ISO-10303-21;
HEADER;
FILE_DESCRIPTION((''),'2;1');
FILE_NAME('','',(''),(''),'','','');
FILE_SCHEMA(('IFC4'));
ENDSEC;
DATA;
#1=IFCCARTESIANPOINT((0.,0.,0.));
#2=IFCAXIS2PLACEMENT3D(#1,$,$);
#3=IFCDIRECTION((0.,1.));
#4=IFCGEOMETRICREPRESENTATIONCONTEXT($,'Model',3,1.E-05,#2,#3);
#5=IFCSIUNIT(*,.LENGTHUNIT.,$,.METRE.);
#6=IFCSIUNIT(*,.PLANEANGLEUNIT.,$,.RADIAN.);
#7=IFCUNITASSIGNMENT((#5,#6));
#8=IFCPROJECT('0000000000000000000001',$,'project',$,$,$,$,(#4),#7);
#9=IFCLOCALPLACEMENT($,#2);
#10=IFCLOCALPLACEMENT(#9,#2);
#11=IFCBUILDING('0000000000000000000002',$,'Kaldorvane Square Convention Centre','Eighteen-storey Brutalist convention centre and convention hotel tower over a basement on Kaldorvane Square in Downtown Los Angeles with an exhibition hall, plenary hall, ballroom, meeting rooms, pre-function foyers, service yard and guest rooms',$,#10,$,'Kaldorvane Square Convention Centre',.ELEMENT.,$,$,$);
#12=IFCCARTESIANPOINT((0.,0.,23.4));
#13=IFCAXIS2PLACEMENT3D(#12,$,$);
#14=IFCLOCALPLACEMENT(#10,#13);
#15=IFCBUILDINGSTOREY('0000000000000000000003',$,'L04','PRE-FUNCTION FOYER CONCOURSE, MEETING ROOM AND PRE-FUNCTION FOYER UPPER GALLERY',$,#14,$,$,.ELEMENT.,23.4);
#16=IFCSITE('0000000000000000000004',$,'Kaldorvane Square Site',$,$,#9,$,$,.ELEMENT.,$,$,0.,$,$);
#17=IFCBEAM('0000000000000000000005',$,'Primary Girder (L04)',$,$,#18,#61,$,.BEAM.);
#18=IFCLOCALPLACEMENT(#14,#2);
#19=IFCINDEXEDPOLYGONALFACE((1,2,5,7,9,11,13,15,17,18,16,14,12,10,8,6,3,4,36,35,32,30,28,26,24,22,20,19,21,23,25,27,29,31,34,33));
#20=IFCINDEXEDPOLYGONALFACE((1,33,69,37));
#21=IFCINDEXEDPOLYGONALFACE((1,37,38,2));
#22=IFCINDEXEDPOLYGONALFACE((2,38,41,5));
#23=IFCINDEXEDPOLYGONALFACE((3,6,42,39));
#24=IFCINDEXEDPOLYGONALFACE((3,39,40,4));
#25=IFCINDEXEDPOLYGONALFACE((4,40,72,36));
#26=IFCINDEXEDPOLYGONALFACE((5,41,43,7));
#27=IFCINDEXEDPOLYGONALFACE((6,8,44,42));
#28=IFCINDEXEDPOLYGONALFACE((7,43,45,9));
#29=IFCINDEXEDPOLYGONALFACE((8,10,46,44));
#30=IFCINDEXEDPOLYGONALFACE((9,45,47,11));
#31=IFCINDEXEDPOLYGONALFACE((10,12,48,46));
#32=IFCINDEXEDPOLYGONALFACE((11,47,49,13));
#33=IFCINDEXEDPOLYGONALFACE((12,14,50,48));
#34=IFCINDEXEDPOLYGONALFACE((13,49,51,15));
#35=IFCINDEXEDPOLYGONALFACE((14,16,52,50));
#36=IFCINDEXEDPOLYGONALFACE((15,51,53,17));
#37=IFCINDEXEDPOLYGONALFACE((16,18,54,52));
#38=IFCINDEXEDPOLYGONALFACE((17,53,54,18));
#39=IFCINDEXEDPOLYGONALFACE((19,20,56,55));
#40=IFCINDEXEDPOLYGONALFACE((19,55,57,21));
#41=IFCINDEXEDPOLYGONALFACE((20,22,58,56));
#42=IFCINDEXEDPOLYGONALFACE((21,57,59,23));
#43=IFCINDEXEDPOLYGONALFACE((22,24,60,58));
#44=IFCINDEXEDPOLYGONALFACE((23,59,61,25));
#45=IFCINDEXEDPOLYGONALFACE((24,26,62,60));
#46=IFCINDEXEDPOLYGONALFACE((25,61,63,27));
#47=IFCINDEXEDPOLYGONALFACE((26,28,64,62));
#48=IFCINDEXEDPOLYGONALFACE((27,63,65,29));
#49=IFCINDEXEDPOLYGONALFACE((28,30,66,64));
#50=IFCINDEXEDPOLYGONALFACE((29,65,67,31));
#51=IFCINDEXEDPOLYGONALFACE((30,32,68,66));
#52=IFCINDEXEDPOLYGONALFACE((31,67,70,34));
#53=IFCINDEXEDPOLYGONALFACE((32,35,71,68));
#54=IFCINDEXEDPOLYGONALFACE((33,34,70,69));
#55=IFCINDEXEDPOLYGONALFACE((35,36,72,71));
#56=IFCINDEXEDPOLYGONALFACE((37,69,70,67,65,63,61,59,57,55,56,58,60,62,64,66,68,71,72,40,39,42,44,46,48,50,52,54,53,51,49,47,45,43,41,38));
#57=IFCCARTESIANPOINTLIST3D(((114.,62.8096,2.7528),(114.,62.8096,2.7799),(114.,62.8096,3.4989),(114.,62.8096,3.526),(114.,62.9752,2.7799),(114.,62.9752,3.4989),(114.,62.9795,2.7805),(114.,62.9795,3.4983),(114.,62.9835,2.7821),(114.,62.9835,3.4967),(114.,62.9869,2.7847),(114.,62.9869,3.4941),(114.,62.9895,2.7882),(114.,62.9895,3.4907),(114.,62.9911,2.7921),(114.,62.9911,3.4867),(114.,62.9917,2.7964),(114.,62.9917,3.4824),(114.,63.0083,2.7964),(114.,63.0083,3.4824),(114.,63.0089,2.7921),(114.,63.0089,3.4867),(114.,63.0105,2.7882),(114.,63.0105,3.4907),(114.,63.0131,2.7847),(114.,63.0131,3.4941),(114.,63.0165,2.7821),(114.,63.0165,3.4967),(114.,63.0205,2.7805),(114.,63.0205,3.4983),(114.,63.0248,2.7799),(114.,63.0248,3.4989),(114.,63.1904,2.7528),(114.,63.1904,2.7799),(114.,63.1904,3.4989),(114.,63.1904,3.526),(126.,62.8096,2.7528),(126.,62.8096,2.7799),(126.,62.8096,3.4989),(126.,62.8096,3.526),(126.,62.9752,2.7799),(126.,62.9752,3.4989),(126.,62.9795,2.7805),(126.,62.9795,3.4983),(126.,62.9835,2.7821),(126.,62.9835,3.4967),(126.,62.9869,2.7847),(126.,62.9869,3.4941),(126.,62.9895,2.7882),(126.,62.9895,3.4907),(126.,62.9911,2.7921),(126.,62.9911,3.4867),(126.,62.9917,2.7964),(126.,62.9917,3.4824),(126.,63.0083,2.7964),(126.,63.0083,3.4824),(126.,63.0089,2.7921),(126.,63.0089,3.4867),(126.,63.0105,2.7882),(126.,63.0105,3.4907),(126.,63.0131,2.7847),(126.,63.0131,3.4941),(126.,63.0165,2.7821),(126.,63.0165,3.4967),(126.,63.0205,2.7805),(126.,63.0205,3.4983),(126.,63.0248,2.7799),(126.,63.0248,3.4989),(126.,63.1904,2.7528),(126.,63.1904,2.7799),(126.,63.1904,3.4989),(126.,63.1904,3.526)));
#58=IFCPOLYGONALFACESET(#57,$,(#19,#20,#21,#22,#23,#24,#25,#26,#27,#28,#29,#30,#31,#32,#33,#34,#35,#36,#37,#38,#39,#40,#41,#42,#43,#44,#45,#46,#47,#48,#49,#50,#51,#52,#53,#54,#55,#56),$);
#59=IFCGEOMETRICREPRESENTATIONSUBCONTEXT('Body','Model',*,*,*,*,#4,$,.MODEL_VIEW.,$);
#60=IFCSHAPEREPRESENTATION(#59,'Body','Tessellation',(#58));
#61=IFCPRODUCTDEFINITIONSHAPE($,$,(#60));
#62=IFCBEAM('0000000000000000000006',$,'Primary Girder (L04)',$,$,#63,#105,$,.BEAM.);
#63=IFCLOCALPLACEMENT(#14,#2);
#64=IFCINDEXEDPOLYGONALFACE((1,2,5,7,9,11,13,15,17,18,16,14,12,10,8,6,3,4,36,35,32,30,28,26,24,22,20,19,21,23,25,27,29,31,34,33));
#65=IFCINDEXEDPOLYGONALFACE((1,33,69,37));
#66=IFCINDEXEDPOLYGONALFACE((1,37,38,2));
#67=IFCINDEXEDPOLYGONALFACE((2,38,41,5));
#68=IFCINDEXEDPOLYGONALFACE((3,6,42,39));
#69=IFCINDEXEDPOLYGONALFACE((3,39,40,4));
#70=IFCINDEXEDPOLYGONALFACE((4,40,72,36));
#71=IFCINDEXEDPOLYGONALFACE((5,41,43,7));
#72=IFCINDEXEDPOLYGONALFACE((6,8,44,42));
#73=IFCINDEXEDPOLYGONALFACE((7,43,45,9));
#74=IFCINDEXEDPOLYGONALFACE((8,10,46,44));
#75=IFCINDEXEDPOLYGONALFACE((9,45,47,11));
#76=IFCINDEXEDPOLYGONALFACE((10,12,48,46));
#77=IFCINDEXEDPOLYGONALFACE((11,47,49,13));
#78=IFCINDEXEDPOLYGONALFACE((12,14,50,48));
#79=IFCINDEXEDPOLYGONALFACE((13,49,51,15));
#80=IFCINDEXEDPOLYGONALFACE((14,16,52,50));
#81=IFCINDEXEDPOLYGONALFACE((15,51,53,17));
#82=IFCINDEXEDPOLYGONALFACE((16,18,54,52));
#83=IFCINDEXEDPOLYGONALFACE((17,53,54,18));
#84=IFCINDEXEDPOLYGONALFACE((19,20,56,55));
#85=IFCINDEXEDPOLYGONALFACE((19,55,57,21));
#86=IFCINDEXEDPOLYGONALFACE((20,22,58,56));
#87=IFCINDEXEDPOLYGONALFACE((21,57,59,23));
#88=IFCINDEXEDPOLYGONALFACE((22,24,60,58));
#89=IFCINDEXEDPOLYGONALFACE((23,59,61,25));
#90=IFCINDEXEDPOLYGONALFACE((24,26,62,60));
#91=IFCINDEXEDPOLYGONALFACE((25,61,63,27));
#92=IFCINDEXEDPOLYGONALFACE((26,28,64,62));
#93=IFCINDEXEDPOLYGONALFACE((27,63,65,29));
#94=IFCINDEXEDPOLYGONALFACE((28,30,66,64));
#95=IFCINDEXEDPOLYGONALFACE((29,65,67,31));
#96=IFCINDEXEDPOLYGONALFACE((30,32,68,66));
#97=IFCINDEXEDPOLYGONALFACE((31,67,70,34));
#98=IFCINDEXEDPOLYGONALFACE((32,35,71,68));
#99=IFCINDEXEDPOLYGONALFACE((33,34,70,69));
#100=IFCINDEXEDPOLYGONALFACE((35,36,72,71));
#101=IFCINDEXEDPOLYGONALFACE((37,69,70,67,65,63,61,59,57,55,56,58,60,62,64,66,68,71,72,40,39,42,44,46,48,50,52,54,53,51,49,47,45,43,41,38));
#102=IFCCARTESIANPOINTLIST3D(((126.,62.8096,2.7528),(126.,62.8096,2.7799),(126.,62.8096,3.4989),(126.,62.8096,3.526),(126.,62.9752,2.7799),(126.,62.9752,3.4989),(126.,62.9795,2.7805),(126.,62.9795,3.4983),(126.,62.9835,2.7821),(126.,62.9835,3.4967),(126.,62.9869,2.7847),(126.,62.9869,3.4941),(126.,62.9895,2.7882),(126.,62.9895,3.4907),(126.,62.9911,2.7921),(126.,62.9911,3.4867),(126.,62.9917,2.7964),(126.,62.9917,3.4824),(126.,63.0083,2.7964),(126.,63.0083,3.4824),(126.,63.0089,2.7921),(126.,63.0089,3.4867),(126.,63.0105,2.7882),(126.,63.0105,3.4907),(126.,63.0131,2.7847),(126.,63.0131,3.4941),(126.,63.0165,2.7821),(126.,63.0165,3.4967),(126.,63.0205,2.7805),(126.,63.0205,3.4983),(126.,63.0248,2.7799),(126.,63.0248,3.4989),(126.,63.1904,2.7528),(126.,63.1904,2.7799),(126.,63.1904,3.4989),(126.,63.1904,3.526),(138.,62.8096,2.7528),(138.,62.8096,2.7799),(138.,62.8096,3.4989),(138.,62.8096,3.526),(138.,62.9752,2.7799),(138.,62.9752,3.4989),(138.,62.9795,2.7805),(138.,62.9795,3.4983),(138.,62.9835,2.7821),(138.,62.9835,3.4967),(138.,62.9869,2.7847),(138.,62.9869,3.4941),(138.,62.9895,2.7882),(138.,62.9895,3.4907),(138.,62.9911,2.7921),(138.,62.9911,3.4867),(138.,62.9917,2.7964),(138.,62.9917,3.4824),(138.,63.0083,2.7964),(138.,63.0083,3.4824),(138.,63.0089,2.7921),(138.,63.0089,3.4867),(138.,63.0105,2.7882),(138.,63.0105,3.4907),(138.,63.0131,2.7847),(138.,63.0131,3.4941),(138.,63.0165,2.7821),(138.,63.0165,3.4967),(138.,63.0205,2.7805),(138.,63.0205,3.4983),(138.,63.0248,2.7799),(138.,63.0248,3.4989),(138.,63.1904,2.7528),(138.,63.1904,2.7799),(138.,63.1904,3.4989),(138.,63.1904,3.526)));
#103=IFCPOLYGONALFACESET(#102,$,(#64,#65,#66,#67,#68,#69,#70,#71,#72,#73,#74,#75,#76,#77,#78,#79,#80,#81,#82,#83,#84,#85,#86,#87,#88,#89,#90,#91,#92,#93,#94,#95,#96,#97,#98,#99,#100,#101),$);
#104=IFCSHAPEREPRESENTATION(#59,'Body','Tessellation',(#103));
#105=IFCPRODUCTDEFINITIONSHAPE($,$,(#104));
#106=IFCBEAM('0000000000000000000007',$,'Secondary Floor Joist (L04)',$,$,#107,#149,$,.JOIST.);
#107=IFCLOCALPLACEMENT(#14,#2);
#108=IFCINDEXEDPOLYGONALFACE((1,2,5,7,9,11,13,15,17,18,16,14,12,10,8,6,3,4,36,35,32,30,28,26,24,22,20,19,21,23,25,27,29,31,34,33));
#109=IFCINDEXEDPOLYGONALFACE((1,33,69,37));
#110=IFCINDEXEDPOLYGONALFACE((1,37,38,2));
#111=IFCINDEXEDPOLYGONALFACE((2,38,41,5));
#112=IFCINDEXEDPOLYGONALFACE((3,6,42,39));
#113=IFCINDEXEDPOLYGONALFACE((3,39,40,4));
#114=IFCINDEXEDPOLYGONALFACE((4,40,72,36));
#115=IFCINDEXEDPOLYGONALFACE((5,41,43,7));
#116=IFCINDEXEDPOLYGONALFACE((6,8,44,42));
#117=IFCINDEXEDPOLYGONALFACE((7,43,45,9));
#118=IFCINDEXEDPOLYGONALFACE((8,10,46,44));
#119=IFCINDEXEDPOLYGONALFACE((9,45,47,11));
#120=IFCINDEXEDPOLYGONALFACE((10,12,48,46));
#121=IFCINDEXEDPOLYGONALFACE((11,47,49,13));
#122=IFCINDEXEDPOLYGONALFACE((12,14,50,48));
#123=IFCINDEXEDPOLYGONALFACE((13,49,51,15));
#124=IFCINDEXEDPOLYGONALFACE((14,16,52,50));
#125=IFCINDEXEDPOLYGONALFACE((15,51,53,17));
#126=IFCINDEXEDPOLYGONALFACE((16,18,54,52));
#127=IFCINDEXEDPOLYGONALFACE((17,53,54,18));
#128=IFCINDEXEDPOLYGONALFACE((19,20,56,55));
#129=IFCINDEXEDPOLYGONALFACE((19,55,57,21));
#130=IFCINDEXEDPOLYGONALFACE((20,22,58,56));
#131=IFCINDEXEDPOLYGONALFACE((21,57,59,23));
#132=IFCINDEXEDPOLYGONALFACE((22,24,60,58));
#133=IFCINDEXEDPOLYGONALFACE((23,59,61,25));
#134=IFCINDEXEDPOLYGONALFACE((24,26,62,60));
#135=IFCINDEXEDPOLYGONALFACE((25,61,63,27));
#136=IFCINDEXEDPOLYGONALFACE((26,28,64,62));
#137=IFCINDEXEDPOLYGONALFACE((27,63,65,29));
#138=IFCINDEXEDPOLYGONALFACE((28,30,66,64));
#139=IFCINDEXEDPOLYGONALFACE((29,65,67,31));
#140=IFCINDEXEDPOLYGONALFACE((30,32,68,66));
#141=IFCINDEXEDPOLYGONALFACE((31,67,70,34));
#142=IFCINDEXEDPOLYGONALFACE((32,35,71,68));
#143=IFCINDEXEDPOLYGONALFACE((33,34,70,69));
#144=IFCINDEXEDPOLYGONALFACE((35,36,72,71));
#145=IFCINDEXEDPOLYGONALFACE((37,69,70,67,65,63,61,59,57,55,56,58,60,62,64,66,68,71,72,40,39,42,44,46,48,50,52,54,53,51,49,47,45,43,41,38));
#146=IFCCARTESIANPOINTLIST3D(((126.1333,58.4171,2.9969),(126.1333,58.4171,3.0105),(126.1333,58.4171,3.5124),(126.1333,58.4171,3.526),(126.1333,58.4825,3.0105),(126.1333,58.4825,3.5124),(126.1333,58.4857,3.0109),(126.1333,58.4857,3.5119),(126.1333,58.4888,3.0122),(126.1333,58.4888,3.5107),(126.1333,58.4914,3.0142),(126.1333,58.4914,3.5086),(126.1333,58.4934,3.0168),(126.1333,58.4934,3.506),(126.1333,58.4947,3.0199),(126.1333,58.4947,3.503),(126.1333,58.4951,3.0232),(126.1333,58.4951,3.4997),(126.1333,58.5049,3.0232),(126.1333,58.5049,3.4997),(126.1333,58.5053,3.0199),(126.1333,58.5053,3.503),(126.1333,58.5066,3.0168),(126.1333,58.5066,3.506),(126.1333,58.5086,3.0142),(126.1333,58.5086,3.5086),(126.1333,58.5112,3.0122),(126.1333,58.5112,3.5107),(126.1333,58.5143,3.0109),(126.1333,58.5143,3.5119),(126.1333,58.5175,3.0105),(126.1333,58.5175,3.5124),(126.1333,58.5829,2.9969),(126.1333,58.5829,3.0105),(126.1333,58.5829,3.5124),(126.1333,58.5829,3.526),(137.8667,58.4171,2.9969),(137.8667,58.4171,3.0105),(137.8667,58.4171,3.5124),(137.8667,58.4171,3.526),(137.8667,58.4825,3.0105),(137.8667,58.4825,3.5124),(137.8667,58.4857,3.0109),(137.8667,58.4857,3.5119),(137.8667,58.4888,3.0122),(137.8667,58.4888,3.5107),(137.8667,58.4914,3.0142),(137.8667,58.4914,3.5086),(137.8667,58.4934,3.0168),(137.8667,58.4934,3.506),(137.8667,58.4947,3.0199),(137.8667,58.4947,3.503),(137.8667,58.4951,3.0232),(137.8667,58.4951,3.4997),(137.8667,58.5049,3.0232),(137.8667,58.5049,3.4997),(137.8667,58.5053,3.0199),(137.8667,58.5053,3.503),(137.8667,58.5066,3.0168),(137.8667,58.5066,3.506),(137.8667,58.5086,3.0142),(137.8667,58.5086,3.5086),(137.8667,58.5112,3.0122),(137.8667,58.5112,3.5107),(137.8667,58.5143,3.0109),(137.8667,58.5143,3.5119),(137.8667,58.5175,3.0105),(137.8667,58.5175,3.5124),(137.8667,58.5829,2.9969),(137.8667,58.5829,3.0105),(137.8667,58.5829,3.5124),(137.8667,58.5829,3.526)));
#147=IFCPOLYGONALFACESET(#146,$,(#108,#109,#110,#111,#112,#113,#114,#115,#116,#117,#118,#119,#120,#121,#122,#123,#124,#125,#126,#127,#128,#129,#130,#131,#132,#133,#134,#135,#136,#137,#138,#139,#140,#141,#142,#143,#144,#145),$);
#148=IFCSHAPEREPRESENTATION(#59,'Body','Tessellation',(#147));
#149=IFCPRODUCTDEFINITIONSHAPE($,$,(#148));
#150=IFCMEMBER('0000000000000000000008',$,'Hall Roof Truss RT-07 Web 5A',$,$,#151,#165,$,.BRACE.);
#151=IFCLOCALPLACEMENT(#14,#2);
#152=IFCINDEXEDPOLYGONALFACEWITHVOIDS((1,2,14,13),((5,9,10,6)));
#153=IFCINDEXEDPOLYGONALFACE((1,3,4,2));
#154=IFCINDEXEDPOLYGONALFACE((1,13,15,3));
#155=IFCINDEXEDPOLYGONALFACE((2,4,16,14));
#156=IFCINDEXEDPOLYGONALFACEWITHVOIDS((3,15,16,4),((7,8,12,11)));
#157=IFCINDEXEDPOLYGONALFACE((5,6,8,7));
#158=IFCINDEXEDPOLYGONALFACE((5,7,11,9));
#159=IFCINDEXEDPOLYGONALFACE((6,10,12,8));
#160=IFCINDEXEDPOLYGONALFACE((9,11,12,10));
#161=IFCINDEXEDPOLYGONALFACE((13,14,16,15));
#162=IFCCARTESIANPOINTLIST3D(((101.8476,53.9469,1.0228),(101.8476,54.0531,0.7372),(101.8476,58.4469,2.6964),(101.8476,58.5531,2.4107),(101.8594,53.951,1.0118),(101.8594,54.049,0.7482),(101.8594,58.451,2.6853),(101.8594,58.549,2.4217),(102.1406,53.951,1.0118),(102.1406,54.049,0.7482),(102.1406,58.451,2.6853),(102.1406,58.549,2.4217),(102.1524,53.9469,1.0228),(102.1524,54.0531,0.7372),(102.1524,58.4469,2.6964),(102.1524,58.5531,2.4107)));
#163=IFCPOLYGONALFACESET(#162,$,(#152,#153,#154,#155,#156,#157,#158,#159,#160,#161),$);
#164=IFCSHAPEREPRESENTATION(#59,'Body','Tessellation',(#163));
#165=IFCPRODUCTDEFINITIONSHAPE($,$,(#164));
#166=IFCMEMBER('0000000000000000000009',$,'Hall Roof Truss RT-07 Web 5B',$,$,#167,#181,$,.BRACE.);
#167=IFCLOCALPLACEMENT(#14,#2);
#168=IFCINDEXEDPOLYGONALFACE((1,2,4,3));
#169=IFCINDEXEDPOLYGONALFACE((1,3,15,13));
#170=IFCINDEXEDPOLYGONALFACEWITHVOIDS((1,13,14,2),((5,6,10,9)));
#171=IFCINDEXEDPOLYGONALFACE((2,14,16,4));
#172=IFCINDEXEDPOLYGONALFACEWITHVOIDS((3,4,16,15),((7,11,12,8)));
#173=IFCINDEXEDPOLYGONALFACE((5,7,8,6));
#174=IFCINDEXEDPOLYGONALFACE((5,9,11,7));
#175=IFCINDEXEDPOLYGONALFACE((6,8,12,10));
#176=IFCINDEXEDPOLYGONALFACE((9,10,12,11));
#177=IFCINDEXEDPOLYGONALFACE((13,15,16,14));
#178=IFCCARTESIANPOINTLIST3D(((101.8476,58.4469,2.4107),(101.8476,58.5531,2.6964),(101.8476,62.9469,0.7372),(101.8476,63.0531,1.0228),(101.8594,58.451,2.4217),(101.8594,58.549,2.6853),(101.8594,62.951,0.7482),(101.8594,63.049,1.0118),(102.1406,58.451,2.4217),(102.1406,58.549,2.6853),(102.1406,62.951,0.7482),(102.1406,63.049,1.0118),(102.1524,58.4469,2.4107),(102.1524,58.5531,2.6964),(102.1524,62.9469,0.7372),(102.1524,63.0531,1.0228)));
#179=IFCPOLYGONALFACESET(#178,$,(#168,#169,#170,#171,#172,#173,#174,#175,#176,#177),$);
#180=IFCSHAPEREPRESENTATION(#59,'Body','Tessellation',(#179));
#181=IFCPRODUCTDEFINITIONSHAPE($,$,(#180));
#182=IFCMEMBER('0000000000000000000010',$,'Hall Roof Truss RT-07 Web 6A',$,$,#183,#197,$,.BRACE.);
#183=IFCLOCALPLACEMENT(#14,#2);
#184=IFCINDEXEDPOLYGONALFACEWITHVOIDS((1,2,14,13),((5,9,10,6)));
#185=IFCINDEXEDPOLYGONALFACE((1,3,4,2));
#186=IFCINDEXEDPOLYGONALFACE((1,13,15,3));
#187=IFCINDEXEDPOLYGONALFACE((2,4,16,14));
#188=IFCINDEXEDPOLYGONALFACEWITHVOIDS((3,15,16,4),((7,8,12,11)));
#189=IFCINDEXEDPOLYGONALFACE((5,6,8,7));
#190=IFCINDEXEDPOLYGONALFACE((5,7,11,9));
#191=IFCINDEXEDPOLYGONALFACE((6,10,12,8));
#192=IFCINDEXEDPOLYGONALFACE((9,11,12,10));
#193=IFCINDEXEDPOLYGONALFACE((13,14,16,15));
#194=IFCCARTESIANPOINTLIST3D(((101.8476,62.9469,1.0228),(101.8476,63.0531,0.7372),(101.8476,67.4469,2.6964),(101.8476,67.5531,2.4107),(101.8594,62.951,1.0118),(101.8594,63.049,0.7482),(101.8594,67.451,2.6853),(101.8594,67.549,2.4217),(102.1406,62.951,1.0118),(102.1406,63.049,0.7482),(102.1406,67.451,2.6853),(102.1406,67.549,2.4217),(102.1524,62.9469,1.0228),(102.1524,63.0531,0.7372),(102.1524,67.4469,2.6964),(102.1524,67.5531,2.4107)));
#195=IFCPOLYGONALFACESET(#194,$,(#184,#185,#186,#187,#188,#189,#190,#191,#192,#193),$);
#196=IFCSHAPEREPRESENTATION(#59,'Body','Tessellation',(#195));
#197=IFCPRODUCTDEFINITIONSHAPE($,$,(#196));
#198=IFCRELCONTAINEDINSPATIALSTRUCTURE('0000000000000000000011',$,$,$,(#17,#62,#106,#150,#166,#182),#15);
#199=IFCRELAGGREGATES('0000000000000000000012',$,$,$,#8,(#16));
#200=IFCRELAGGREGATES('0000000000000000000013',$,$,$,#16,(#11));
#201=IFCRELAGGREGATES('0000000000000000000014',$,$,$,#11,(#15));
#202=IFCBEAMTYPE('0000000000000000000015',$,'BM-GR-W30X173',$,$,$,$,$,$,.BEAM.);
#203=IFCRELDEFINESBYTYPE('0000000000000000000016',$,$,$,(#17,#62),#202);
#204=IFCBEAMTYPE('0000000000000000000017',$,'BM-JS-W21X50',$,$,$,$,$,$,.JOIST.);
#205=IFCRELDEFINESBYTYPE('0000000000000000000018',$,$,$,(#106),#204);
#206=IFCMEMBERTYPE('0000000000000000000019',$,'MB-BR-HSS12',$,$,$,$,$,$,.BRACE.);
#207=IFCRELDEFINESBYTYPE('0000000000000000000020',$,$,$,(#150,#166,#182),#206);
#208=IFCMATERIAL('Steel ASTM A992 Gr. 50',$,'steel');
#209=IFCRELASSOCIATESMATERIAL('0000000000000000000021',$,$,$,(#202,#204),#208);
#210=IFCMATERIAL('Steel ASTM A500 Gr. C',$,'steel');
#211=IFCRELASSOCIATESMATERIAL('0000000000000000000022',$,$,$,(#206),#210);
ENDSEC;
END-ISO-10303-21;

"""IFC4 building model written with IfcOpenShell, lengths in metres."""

from ifc_helpers import new_model, si_unit, direction, frame, origin, origin_2d, place, context, subcontext, project, spatial, hollow_rectangle, i_section, extrude, material, material_profile, profile_set, type_object, element, save


model = new_model("IFC4")

# Units and contexts
model_context = context("Model", 3, precision=1e-05, world=origin(), true_north=direction((0.0, 1.0)))
body_context = subcontext(model_context, "Body", "Model", "MODEL_VIEW")
ifc_project = project(units=[si_unit("LENGTHUNIT", "METRE"), si_unit("PLANEANGLEUNIT", "RADIAN")], contexts=[model_context])

# Site, building, storey
site_placement = place(None, origin())
site = spatial("IfcSite", under=ifc_project, at=site_placement, Name="Kaldorvane Square Site", CompositionType="ELEMENT", RefElevation=0.0)
building_placement = place(site_placement, origin())
building = spatial("IfcBuilding", under=site, at=building_placement, Name="Kaldorvane Square Convention Centre", Description="Eighteen-storey Brutalist convention centre and convention hotel tower over a basement on Kaldorvane Square in Downtown Los Angeles with an exhibition hall, plenary hall, ballroom, meeting rooms, pre-function foyers, service yard and guest rooms", LongName="Kaldorvane Square Convention Centre", CompositionType="ELEMENT")
storey_placement = place(building_placement, frame((0.0, 0.0, 23.4)))
storey = spatial("IfcBuildingStorey", under=building, at=storey_placement, Name="L04", Description="PRE-FUNCTION FOYER CONCOURSE, MEETING ROOM AND PRE-FUNCTION FOYER UPPER GALLERY", CompositionType="ELEMENT", Elevation=23.4)

# Shared definitions
ifc_material_1 = material(Name="Steel ASTM A992 Gr. 50", Category="steel")

# Beams
ifc_material_profile_1 = material_profile(ifc_material_1, i_section(OverallWidth=0.3807, OverallDepth=0.7732, WebThickness=0.0166, FlangeThickness=0.0271, FilletRadius=0.0165, at=origin_2d()), Name="W30X173")
ifc_profile_set_1 = profile_set([ifc_material_profile_1], Name="Steel ASTM A992 Gr. 50")
beam_type_1 = type_object("IfcBeamType", Name="BM-GR-W30X173", PredefinedType="BEAM", material=ifc_profile_set_1)
for number, where, z_axis, x_axis, name in (
    (1, (114.0, 63.0, 3.1394), (1.0, 0.0, 0.0), (0.0, 1.0, 0.0), "Primary Girder (L04)"),
    (2, (126.0, 63.0, 3.1394), (1.0, 0.0, 0.0), (0.0, 1.0, 0.0), "Primary Girder (L04)"),
):
    element("IfcBeam", number, at=place(storey_placement, frame(where, z_axis=z_axis, x_axis=x_axis)), inside=storey, type_object=beam_type_1, Name=name, PredefinedType="BEAM", context=body_context, shape_type="SweptSolid", body=[
        extrude(i_section(OverallWidth=0.3807, OverallDepth=0.7732, WebThickness=0.0166, FlangeThickness=0.0271, FilletRadius=0.0165, at=origin_2d()), origin(), (0.0, 0.0, 1.0), 12.0),
    ])
ifc_material_profile_2 = material_profile(ifc_material_1, i_section(OverallWidth=0.1659, OverallDepth=0.5291, WebThickness=0.0097, FlangeThickness=0.0136, FilletRadius=0.0127, at=origin_2d()), Name="W21X50")
ifc_profile_set_2 = profile_set([ifc_material_profile_2], Name="Steel ASTM A992 Gr. 50")
beam_type_2 = type_object("IfcBeamType", Name="BM-JS-W21X50", PredefinedType="JOIST", material=ifc_profile_set_2)
beam_placement = place(storey_placement, frame((126.1333, 58.5, 3.2614), z_axis=(1.0, 0.0, 0.0), x_axis=(0.0, 1.0, 0.0)))
element("IfcBeam", 3, at=beam_placement, inside=storey, type_object=beam_type_2, Name="Secondary Floor Joist (L04)", PredefinedType="JOIST", context=body_context, shape_type="SweptSolid", body=[
    extrude(i_section(OverallWidth=0.1659, OverallDepth=0.5291, WebThickness=0.0097, FlangeThickness=0.0136, FilletRadius=0.0127, at=origin_2d()), origin(), (0.0, 0.0, 1.0), 11.7334),
])

# Members
ifc_material_2 = material(Name="Steel ASTM A500 Gr. C", Category="steel")
ifc_material_profile_3 = material_profile(ifc_material_2, hollow_rectangle(XDim=0.3048, YDim=0.3048, WallThickness=0.0118, at=origin_2d()), Name="HSS12X12X1/2")
ifc_profile_set_3 = profile_set([ifc_material_profile_3], Name="Steel ASTM A500 Gr. C")
member_type_1 = type_object("IfcMemberType", Name="MB-BR-HSS12", PredefinedType="BRACE", material=ifc_profile_set_3)
for number, where, z_axis, x_axis, name in (
    (4, (102.0, 54.0, 0.88), (0.0, 0.937284, 0.348567), (-1.0, 0.0, 0.0), "Hall Roof Truss RT-07 Web 5A"),
    (5, (102.0, 58.5, 2.5535), (0.0, 0.937284, -0.348567), (-1.0, 0.0, 0.0), "Hall Roof Truss RT-07 Web 5B"),
    (6, (102.0, 63.0, 0.88), (0.0, 0.937284, 0.348567), (-1.0, 0.0, 0.0), "Hall Roof Truss RT-07 Web 6A"),
):
    element("IfcMember", number, at=place(storey_placement, frame(where, z_axis=z_axis, x_axis=x_axis)), inside=storey, type_object=member_type_1, Name=name, PredefinedType="BRACE", context=body_context, shape_type="SweptSolid", body=[
        extrude(hollow_rectangle(XDim=0.3048, YDim=0.3048, WallThickness=0.0118, at=origin_2d()), origin(), (0.0, 0.0, 1.0), 4.8011),
    ])

save(model, "model.ifc")
